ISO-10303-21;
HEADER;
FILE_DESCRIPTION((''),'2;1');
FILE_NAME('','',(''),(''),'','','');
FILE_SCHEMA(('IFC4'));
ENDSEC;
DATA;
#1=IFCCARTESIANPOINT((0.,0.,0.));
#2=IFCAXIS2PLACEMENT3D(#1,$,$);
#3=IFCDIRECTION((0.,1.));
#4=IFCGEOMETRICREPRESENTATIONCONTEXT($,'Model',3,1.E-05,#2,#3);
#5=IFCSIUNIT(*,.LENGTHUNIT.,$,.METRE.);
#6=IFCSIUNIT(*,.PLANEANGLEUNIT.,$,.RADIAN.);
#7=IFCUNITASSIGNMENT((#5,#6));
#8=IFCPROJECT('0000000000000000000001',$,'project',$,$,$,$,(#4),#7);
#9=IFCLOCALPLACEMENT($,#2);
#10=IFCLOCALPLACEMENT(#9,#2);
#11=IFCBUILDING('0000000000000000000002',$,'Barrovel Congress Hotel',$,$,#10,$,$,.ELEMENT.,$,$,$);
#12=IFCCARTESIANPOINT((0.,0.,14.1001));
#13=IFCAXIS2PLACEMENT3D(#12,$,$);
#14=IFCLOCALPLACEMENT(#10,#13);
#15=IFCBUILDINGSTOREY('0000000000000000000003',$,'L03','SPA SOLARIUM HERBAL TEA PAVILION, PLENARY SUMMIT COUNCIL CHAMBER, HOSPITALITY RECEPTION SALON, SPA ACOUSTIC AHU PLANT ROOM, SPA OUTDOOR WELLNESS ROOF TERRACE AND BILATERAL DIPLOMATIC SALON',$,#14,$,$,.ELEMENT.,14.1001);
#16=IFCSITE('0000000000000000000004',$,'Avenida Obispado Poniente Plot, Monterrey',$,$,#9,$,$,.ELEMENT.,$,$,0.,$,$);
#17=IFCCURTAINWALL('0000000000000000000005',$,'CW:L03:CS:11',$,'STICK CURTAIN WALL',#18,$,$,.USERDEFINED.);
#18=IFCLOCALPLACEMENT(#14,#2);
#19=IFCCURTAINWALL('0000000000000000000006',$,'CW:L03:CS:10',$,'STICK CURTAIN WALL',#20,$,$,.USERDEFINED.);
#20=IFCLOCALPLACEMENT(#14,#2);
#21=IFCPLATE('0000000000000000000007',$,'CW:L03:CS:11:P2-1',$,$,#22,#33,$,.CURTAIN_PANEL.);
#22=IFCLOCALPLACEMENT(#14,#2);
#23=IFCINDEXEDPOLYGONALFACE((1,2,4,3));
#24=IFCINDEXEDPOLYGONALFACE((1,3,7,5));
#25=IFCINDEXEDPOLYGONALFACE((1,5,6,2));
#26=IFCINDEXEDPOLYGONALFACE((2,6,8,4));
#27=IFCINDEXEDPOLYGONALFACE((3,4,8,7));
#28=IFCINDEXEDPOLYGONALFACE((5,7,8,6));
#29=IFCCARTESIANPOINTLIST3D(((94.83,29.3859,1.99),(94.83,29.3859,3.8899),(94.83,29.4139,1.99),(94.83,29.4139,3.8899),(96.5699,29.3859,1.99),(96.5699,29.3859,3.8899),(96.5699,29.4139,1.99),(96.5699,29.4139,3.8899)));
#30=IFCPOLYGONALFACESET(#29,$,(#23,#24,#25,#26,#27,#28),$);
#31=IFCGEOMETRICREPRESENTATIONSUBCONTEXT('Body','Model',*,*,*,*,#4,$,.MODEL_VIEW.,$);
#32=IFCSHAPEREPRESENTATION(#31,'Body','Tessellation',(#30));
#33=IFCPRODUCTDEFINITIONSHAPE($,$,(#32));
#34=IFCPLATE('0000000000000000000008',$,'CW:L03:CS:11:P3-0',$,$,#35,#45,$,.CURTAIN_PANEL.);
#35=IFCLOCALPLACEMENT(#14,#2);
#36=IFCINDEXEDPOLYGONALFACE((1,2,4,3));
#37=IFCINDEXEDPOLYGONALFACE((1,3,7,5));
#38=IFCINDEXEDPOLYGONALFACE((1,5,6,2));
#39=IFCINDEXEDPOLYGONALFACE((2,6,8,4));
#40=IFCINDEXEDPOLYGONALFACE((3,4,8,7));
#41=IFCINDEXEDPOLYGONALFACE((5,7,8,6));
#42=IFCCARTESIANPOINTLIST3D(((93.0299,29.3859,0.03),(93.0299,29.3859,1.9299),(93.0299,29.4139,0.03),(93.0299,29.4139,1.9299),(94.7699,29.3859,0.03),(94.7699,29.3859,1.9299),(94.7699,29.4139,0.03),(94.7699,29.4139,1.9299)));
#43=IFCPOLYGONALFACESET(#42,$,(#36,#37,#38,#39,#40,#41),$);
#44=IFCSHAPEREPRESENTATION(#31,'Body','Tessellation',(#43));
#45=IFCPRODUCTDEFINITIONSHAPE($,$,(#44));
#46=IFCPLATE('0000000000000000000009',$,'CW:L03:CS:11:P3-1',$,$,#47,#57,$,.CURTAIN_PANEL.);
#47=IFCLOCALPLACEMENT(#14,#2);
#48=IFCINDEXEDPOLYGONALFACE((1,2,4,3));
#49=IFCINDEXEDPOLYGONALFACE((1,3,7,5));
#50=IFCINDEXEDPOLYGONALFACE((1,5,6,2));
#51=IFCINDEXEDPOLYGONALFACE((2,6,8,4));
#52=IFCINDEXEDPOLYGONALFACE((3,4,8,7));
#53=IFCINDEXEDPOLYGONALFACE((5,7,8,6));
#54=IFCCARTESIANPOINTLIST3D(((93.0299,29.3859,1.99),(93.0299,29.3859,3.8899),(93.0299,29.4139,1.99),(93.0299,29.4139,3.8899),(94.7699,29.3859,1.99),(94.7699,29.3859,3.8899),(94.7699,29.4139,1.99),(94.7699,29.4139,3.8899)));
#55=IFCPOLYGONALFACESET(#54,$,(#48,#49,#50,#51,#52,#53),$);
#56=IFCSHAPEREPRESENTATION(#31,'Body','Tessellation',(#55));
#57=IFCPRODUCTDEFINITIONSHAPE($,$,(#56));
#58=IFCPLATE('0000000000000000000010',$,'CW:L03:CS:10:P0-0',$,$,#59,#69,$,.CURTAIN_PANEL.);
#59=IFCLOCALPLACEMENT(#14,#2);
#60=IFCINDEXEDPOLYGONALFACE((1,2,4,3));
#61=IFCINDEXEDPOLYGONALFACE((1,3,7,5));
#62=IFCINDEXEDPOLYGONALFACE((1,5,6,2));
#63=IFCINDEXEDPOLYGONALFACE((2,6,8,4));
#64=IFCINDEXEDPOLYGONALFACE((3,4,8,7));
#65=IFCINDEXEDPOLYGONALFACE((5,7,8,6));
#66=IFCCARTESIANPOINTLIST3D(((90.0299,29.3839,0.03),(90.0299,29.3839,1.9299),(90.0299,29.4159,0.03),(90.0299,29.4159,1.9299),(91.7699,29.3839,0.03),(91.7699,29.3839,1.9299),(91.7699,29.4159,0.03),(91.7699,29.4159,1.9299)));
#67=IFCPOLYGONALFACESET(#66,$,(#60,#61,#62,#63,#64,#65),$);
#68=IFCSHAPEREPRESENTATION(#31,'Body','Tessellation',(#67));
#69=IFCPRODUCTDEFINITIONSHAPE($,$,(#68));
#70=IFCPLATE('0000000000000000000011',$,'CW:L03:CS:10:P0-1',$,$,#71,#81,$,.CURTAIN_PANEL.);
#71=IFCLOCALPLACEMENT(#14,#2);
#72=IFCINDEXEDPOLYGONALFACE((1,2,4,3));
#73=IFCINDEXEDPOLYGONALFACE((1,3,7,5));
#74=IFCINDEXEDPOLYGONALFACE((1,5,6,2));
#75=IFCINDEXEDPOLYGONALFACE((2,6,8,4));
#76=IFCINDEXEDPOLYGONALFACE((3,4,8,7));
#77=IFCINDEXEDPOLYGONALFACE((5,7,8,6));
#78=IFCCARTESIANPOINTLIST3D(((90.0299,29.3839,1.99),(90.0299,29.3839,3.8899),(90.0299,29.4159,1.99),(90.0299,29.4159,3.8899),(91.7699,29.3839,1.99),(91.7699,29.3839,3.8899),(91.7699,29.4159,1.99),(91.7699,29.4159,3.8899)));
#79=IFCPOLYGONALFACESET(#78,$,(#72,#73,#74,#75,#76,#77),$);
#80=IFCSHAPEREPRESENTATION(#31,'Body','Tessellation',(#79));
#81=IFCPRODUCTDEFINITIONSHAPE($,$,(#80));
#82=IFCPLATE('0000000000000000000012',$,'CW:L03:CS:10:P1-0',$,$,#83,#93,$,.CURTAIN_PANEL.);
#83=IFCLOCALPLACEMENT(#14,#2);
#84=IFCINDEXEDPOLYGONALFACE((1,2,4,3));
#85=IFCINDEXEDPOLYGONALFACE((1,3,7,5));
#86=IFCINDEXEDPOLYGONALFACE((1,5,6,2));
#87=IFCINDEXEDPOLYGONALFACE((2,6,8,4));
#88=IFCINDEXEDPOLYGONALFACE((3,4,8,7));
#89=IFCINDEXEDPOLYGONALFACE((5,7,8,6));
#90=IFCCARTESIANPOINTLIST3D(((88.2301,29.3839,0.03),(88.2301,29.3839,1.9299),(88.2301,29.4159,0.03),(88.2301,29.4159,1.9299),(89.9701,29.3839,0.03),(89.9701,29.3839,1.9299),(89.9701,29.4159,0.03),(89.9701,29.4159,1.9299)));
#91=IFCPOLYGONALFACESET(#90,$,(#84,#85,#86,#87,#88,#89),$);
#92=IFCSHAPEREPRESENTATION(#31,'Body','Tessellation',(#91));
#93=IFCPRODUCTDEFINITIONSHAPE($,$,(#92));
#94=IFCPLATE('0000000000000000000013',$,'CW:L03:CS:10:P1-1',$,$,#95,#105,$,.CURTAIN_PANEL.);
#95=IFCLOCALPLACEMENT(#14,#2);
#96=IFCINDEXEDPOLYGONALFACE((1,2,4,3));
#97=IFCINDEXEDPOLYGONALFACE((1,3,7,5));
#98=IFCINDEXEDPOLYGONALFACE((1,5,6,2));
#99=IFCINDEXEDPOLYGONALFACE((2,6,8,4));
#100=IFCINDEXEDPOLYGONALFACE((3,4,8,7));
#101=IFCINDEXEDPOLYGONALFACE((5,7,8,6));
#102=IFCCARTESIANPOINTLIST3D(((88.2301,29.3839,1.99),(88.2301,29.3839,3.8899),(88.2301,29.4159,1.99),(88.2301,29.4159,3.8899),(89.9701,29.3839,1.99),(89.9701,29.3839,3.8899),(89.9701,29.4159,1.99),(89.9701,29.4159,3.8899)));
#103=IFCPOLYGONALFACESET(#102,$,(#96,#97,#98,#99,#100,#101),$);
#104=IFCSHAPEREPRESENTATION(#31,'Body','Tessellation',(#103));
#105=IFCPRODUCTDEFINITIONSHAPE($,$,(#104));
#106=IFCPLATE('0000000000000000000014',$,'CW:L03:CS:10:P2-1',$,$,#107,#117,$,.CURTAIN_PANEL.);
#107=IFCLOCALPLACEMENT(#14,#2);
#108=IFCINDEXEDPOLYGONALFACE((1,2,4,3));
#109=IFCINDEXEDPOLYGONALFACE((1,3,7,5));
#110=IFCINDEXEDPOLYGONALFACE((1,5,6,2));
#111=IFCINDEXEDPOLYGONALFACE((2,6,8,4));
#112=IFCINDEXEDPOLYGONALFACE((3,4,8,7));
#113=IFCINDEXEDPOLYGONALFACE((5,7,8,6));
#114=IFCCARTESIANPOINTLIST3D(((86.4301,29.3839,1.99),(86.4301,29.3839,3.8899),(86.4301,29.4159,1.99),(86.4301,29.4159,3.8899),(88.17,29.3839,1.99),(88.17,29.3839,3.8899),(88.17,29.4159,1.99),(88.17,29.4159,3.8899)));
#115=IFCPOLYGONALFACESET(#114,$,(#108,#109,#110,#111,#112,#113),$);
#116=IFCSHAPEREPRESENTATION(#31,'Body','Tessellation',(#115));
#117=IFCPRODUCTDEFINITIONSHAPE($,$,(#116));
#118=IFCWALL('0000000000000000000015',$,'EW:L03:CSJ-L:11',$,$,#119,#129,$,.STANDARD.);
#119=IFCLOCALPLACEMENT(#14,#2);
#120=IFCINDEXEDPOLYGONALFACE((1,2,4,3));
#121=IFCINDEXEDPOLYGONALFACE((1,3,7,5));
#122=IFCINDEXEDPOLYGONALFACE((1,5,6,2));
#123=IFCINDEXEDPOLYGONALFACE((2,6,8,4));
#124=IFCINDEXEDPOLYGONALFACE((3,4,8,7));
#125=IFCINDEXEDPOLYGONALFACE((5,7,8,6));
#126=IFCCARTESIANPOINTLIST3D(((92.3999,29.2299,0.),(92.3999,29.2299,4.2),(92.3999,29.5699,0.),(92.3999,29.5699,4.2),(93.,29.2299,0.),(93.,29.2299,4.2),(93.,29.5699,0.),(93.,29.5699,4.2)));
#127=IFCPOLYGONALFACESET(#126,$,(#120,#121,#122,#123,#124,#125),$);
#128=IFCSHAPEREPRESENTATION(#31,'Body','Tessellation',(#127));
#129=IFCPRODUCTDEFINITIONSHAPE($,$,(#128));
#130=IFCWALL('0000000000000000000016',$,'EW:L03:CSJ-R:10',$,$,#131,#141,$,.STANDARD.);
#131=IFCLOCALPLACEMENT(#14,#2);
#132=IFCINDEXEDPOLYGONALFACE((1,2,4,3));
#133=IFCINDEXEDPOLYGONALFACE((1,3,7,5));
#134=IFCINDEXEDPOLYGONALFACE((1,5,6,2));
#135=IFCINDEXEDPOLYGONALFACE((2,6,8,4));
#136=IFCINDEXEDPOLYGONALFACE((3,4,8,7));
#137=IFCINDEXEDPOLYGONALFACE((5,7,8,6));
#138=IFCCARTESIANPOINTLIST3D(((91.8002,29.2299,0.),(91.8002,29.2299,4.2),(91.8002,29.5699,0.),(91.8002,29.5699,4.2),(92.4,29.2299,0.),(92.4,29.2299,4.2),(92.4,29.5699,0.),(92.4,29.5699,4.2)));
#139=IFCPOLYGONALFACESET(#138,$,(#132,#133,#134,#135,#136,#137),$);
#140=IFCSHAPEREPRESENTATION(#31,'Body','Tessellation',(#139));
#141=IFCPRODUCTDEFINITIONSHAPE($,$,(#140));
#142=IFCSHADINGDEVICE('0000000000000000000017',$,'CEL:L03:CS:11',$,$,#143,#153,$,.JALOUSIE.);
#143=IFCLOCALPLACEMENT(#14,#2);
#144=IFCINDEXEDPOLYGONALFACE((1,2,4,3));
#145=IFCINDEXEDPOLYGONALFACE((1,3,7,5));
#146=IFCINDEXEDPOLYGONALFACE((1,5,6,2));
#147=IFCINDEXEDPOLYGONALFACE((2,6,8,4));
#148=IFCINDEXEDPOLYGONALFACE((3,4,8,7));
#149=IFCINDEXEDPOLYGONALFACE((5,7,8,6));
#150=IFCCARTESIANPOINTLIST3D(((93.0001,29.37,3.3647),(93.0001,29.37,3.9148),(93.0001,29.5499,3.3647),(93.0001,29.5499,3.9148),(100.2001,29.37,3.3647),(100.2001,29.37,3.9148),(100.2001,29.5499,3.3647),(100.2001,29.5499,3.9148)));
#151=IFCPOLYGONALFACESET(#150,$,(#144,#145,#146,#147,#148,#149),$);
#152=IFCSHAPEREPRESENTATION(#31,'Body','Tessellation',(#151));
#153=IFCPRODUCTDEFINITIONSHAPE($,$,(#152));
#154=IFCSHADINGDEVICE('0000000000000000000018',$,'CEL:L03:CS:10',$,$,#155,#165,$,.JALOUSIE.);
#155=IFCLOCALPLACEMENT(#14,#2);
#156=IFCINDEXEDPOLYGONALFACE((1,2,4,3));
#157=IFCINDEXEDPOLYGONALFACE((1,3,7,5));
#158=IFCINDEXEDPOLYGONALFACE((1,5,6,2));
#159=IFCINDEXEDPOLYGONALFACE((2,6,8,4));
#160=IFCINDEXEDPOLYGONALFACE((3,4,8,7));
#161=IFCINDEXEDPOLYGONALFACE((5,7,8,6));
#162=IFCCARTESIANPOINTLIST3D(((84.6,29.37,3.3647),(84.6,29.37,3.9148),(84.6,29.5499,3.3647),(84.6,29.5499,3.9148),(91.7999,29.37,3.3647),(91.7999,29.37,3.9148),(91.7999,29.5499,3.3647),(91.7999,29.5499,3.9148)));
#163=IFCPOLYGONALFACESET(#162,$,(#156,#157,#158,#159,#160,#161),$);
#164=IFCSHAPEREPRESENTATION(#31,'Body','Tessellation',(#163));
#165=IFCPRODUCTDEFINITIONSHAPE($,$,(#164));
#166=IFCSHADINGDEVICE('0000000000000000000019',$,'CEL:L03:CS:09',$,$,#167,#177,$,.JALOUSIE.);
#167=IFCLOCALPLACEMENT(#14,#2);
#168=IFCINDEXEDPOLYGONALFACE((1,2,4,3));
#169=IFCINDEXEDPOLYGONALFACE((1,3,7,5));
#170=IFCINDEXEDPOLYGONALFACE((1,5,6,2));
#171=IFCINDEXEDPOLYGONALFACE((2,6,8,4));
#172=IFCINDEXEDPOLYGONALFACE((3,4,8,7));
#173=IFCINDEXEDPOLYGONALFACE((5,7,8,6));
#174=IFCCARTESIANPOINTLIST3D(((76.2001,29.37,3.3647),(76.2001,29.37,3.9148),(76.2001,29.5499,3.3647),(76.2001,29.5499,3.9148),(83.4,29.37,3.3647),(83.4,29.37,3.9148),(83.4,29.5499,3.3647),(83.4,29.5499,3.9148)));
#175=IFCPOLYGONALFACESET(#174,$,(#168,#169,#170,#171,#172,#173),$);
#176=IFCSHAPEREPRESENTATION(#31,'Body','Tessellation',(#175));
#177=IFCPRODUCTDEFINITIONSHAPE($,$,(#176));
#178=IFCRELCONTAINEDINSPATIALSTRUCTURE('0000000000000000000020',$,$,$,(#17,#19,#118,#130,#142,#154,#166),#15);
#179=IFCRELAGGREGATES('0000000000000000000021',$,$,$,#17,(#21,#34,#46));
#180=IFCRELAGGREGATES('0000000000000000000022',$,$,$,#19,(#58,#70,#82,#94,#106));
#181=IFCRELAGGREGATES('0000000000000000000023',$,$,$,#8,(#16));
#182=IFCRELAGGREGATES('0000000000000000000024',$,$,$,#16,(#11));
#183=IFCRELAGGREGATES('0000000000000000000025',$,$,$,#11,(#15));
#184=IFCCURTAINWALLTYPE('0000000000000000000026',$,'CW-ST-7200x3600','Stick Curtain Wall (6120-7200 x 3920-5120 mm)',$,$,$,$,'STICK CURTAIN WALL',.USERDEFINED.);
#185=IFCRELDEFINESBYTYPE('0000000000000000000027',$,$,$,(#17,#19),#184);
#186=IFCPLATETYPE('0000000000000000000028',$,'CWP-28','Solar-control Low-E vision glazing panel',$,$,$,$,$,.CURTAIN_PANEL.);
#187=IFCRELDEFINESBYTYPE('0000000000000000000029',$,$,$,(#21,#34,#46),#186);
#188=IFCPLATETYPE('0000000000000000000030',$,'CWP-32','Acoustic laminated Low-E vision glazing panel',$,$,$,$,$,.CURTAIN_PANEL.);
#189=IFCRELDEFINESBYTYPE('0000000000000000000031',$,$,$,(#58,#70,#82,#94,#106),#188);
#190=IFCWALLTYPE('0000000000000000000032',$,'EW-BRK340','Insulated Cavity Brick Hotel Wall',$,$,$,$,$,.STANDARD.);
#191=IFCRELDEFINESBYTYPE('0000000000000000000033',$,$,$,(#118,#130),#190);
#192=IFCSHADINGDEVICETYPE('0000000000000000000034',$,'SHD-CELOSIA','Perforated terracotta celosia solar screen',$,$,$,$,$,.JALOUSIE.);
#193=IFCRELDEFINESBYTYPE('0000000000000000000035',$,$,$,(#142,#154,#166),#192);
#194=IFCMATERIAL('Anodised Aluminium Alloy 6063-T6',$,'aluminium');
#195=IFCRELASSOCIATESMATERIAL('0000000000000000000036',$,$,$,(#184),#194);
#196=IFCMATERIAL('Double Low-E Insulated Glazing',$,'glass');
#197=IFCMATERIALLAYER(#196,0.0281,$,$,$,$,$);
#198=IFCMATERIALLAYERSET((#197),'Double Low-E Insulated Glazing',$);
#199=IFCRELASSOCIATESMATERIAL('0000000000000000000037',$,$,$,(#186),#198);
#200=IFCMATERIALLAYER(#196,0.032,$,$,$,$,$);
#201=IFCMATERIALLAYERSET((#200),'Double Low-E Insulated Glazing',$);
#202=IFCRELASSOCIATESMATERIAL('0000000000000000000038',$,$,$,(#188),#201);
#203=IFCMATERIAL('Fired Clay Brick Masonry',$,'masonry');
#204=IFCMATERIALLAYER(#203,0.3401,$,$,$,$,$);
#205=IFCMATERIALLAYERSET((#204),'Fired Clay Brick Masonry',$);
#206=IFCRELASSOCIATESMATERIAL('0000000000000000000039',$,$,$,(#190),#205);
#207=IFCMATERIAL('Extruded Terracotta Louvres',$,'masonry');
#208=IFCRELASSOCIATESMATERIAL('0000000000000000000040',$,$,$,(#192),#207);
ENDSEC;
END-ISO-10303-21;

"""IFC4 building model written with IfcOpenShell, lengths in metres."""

from ifc_helpers import new_model, si_unit, direction, frame, frame_2d, origin, origin_2d, place, context, subcontext, project, spatial, rectangle, extrude, material, layer, layer_set, type_object, element, aggregate, save


model = new_model("IFC4")

# Units and contexts
model_context = context("Model", 3, precision=1e-05, world=origin(), true_north=direction((0.0, 1.0)))
body_context = subcontext(model_context, "Body", "Model", "MODEL_VIEW")
ifc_project = project(units=[si_unit("LENGTHUNIT", "METRE"), si_unit("PLANEANGLEUNIT", "RADIAN")], contexts=[model_context])

# Site, building, storey
site_placement = place(None, origin())
site = spatial("IfcSite", under=ifc_project, at=site_placement, Name="Avenida Obispado Poniente Plot, Monterrey", CompositionType="ELEMENT", RefElevation=0.0)
building_placement = place(site_placement, origin())
building = spatial("IfcBuilding", under=site, at=building_placement, Name="Barrovel Congress Hotel", CompositionType="ELEMENT")
storey_placement = place(building_placement, frame((0.0, 0.0, 14.1001)))
storey = spatial("IfcBuildingStorey", under=building, at=storey_placement, Name="L03", Description="SPA SOLARIUM HERBAL TEA PAVILION, PLENARY SUMMIT COUNCIL CHAMBER, HOSPITALITY RECEPTION SALON, SPA ACOUSTIC AHU PLANT ROOM, SPA OUTDOOR WELLNESS ROOF TERRACE AND BILATERAL DIPLOMATIC SALON", CompositionType="ELEMENT", Elevation=14.1001)

# Curtain walls
ifc_material_1 = material(Name="Anodised Aluminium Alloy 6063-T6", Category="aluminium")
curtain_wall_type = type_object("IfcCurtainWallType", Name="CW-ST-7200x3600", Description="Stick Curtain Wall (6120-7200 x 3920-5120 mm)", ElementType="STICK CURTAIN WALL", PredefinedType="USERDEFINED", material=ifc_material_1)
curtain_wall_1_placement = place(storey_placement, origin())
curtain_wall_1 = element("IfcCurtainWall", 1, at=curtain_wall_1_placement, inside=storey, type_object=curtain_wall_type, Name="CW:L03:CS:11", ObjectType="STICK CURTAIN WALL", PredefinedType="USERDEFINED")
curtain_wall_2_placement = place(storey_placement, origin())
curtain_wall_2 = element("IfcCurtainWall", 2, at=curtain_wall_2_placement, inside=storey, type_object=curtain_wall_type, Name="CW:L03:CS:10", ObjectType="STICK CURTAIN WALL", PredefinedType="USERDEFINED")

# Plates
ifc_material_2 = material(Name="Double Low-E Insulated Glazing", Category="glass")
ifc_layer_1 = layer(ifc_material_2, 0.0281)
ifc_layer_set_1 = layer_set([ifc_layer_1], Name="Double Low-E Insulated Glazing")
plate_type_1 = type_object("IfcPlateType", Name="CWP-28", Description="Solar-control Low-E vision glazing panel", PredefinedType="CURTAIN_PANEL", material=ifc_layer_set_1)
plate_1_placement = place(storey_placement, frame((95.7, 29.3999, 1.99), z_axis=(0.0, 0.0, 1.0), x_axis=(-1.0, 0.0, 0.0)))
plate_1 = element("IfcPlate", 3, at=plate_1_placement, type_object=plate_type_1, Name="CW:L03:CS:11:P2-1", PredefinedType="CURTAIN_PANEL", context=body_context, shape_type="SweptSolid", body=[
    extrude(rectangle(XDim=1.74, YDim=0.0281, at=origin_2d()), origin(), (0.0, 0.0, 1.0), 1.8999),
])
plate_2_placement = place(storey_placement, frame((93.8999, 29.3999, 0.03), z_axis=(0.0, 0.0, 1.0), x_axis=(-1.0, 0.0, 0.0)))
plate_2 = element("IfcPlate", 4, at=plate_2_placement, type_object=plate_type_1, Name="CW:L03:CS:11:P3-0", PredefinedType="CURTAIN_PANEL", context=body_context, shape_type="SweptSolid", body=[
    extrude(rectangle(XDim=1.74, YDim=0.0281, at=origin_2d()), origin(), (0.0, 0.0, 1.0), 1.8999),
])
plate_3_placement = place(storey_placement, frame((93.8999, 29.3999, 1.99), z_axis=(0.0, 0.0, 1.0), x_axis=(-1.0, 0.0, 0.0)))
plate_3 = element("IfcPlate", 5, at=plate_3_placement, type_object=plate_type_1, Name="CW:L03:CS:11:P3-1", PredefinedType="CURTAIN_PANEL", context=body_context, shape_type="SweptSolid", body=[
    extrude(rectangle(XDim=1.74, YDim=0.0281, at=origin_2d()), origin(), (0.0, 0.0, 1.0), 1.8999),
])
aggregate(curtain_wall_1, [plate_1, plate_2, plate_3])
ifc_layer_2 = layer(ifc_material_2, 0.032)
ifc_layer_set_2 = layer_set([ifc_layer_2], Name="Double Low-E Insulated Glazing")
plate_type_2 = type_object("IfcPlateType", Name="CWP-32", Description="Acoustic laminated Low-E vision glazing panel", PredefinedType="CURTAIN_PANEL", material=ifc_layer_set_2)
plate_4_placement = place(storey_placement, frame((90.8999, 29.3999, 0.03), z_axis=(0.0, 0.0, 1.0), x_axis=(-1.0, 0.0, 0.0)))
plate_4 = element("IfcPlate", 6, at=plate_4_placement, type_object=plate_type_2, Name="CW:L03:CS:10:P0-0", PredefinedType="CURTAIN_PANEL", context=body_context, shape_type="SweptSolid", body=[
    extrude(rectangle(XDim=1.74, YDim=0.032, at=origin_2d()), origin(), (0.0, 0.0, 1.0), 1.8999),
])
plate_5_placement = place(storey_placement, frame((90.8999, 29.3999, 1.99), z_axis=(0.0, 0.0, 1.0), x_axis=(-1.0, 0.0, 0.0)))
plate_5 = element("IfcPlate", 7, at=plate_5_placement, type_object=plate_type_2, Name="CW:L03:CS:10:P0-1", PredefinedType="CURTAIN_PANEL", context=body_context, shape_type="SweptSolid", body=[
    extrude(rectangle(XDim=1.74, YDim=0.032, at=origin_2d()), origin(), (0.0, 0.0, 1.0), 1.8999),
])
plate_6_placement = place(storey_placement, frame((89.1001, 29.3999, 0.03), z_axis=(0.0, 0.0, 1.0), x_axis=(-1.0, 0.0, 0.0)))
plate_6 = element("IfcPlate", 8, at=plate_6_placement, type_object=plate_type_2, Name="CW:L03:CS:10:P1-0", PredefinedType="CURTAIN_PANEL", context=body_context, shape_type="SweptSolid", body=[
    extrude(rectangle(XDim=1.74, YDim=0.032, at=origin_2d()), origin(), (0.0, 0.0, 1.0), 1.8999),
])
plate_7_placement = place(storey_placement, frame((89.1001, 29.3999, 1.99), z_axis=(0.0, 0.0, 1.0), x_axis=(-1.0, 0.0, 0.0)))
plate_7 = element("IfcPlate", 9, at=plate_7_placement, type_object=plate_type_2, Name="CW:L03:CS:10:P1-1", PredefinedType="CURTAIN_PANEL", context=body_context, shape_type="SweptSolid", body=[
    extrude(rectangle(XDim=1.74, YDim=0.032, at=origin_2d()), origin(), (0.0, 0.0, 1.0), 1.8999),
])
plate_8_placement = place(storey_placement, frame((87.3, 29.3999, 1.99), z_axis=(0.0, 0.0, 1.0), x_axis=(-1.0, 0.0, 0.0)))
plate_8 = element("IfcPlate", 10, at=plate_8_placement, type_object=plate_type_2, Name="CW:L03:CS:10:P2-1", PredefinedType="CURTAIN_PANEL", context=body_context, shape_type="SweptSolid", body=[
    extrude(rectangle(XDim=1.74, YDim=0.032, at=origin_2d()), origin(), (0.0, 0.0, 1.0), 1.8999),
])
aggregate(curtain_wall_2, [plate_4, plate_5, plate_6, plate_7, plate_8])

# Walls
ifc_material_3 = material(Name="Fired Clay Brick Masonry", Category="masonry")
ifc_layer_3 = layer(ifc_material_3, 0.3401)
ifc_layer_set_3 = layer_set([ifc_layer_3], Name="Fired Clay Brick Masonry")
wall_type = type_object("IfcWallType", Name="EW-BRK340", Description="Insulated Cavity Brick Hotel Wall", PredefinedType="STANDARD", material=ifc_layer_set_3)
wall_1_placement = place(storey_placement, frame((93.0, 29.3999, 0.0), z_axis=(0.0, 0.0, 1.0), x_axis=(-1.0, 0.0, 0.0)))
element("IfcWall", 11, at=wall_1_placement, inside=storey, type_object=wall_type, Name="EW:L03:CSJ-L:11", PredefinedType="STANDARD", context=body_context, shape_type="SweptSolid", body=[
    extrude(rectangle(XDim=0.6001, YDim=0.3401, at=frame_2d((0.3, 0.0))), origin(), (0.0, 0.0, 1.0), 4.2),
])
wall_2_placement = place(storey_placement, frame((92.3999, 29.3999, 0.0), z_axis=(0.0, 0.0, 1.0), x_axis=(-1.0, 0.0, 0.0)))
element("IfcWall", 12, at=wall_2_placement, inside=storey, type_object=wall_type, Name="EW:L03:CSJ-R:10", PredefinedType="STANDARD", context=body_context, shape_type="SweptSolid", body=[
    extrude(rectangle(XDim=0.5999, YDim=0.3401, at=frame_2d((0.2998, 0.0))), origin(), (0.0, 0.0, 1.0), 4.2),
])

# Shading devices
ifc_material_4 = material(Name="Extruded Terracotta Louvres", Category="masonry")
shading_device_type = type_object("IfcShadingDeviceType", Name="SHD-CELOSIA", Description="Perforated terracotta celosia solar screen", PredefinedType="JALOUSIE", material=ifc_material_4)
for number, where, z_axis, x_axis, name in (
    (13, (96.6001, 29.46, 3.3647), (0.0, 0.0, 1.0), (1.0, 0.0, 0.0), "CEL:L03:CS:11"),
    (14, (88.2, 29.46, 3.3647), (0.0, 0.0, 1.0), (1.0, 0.0, 0.0), "CEL:L03:CS:10"),
    (15, (79.8, 29.46, 3.3647), (0.0, 0.0, 1.0), (1.0, 0.0, 0.0), "CEL:L03:CS:09"),
):
    element("IfcShadingDevice", number, at=place(storey_placement, frame(where, z_axis=z_axis, x_axis=x_axis)), inside=storey, type_object=shading_device_type, Name=name, PredefinedType="JALOUSIE", context=body_context, shape_type="SweptSolid", body=[
        extrude(rectangle(XDim=7.2, YDim=0.1799, at=origin_2d()), origin(), (0.0, 0.0, 1.0), 0.55),
    ])

save(model, "model.ifc")
